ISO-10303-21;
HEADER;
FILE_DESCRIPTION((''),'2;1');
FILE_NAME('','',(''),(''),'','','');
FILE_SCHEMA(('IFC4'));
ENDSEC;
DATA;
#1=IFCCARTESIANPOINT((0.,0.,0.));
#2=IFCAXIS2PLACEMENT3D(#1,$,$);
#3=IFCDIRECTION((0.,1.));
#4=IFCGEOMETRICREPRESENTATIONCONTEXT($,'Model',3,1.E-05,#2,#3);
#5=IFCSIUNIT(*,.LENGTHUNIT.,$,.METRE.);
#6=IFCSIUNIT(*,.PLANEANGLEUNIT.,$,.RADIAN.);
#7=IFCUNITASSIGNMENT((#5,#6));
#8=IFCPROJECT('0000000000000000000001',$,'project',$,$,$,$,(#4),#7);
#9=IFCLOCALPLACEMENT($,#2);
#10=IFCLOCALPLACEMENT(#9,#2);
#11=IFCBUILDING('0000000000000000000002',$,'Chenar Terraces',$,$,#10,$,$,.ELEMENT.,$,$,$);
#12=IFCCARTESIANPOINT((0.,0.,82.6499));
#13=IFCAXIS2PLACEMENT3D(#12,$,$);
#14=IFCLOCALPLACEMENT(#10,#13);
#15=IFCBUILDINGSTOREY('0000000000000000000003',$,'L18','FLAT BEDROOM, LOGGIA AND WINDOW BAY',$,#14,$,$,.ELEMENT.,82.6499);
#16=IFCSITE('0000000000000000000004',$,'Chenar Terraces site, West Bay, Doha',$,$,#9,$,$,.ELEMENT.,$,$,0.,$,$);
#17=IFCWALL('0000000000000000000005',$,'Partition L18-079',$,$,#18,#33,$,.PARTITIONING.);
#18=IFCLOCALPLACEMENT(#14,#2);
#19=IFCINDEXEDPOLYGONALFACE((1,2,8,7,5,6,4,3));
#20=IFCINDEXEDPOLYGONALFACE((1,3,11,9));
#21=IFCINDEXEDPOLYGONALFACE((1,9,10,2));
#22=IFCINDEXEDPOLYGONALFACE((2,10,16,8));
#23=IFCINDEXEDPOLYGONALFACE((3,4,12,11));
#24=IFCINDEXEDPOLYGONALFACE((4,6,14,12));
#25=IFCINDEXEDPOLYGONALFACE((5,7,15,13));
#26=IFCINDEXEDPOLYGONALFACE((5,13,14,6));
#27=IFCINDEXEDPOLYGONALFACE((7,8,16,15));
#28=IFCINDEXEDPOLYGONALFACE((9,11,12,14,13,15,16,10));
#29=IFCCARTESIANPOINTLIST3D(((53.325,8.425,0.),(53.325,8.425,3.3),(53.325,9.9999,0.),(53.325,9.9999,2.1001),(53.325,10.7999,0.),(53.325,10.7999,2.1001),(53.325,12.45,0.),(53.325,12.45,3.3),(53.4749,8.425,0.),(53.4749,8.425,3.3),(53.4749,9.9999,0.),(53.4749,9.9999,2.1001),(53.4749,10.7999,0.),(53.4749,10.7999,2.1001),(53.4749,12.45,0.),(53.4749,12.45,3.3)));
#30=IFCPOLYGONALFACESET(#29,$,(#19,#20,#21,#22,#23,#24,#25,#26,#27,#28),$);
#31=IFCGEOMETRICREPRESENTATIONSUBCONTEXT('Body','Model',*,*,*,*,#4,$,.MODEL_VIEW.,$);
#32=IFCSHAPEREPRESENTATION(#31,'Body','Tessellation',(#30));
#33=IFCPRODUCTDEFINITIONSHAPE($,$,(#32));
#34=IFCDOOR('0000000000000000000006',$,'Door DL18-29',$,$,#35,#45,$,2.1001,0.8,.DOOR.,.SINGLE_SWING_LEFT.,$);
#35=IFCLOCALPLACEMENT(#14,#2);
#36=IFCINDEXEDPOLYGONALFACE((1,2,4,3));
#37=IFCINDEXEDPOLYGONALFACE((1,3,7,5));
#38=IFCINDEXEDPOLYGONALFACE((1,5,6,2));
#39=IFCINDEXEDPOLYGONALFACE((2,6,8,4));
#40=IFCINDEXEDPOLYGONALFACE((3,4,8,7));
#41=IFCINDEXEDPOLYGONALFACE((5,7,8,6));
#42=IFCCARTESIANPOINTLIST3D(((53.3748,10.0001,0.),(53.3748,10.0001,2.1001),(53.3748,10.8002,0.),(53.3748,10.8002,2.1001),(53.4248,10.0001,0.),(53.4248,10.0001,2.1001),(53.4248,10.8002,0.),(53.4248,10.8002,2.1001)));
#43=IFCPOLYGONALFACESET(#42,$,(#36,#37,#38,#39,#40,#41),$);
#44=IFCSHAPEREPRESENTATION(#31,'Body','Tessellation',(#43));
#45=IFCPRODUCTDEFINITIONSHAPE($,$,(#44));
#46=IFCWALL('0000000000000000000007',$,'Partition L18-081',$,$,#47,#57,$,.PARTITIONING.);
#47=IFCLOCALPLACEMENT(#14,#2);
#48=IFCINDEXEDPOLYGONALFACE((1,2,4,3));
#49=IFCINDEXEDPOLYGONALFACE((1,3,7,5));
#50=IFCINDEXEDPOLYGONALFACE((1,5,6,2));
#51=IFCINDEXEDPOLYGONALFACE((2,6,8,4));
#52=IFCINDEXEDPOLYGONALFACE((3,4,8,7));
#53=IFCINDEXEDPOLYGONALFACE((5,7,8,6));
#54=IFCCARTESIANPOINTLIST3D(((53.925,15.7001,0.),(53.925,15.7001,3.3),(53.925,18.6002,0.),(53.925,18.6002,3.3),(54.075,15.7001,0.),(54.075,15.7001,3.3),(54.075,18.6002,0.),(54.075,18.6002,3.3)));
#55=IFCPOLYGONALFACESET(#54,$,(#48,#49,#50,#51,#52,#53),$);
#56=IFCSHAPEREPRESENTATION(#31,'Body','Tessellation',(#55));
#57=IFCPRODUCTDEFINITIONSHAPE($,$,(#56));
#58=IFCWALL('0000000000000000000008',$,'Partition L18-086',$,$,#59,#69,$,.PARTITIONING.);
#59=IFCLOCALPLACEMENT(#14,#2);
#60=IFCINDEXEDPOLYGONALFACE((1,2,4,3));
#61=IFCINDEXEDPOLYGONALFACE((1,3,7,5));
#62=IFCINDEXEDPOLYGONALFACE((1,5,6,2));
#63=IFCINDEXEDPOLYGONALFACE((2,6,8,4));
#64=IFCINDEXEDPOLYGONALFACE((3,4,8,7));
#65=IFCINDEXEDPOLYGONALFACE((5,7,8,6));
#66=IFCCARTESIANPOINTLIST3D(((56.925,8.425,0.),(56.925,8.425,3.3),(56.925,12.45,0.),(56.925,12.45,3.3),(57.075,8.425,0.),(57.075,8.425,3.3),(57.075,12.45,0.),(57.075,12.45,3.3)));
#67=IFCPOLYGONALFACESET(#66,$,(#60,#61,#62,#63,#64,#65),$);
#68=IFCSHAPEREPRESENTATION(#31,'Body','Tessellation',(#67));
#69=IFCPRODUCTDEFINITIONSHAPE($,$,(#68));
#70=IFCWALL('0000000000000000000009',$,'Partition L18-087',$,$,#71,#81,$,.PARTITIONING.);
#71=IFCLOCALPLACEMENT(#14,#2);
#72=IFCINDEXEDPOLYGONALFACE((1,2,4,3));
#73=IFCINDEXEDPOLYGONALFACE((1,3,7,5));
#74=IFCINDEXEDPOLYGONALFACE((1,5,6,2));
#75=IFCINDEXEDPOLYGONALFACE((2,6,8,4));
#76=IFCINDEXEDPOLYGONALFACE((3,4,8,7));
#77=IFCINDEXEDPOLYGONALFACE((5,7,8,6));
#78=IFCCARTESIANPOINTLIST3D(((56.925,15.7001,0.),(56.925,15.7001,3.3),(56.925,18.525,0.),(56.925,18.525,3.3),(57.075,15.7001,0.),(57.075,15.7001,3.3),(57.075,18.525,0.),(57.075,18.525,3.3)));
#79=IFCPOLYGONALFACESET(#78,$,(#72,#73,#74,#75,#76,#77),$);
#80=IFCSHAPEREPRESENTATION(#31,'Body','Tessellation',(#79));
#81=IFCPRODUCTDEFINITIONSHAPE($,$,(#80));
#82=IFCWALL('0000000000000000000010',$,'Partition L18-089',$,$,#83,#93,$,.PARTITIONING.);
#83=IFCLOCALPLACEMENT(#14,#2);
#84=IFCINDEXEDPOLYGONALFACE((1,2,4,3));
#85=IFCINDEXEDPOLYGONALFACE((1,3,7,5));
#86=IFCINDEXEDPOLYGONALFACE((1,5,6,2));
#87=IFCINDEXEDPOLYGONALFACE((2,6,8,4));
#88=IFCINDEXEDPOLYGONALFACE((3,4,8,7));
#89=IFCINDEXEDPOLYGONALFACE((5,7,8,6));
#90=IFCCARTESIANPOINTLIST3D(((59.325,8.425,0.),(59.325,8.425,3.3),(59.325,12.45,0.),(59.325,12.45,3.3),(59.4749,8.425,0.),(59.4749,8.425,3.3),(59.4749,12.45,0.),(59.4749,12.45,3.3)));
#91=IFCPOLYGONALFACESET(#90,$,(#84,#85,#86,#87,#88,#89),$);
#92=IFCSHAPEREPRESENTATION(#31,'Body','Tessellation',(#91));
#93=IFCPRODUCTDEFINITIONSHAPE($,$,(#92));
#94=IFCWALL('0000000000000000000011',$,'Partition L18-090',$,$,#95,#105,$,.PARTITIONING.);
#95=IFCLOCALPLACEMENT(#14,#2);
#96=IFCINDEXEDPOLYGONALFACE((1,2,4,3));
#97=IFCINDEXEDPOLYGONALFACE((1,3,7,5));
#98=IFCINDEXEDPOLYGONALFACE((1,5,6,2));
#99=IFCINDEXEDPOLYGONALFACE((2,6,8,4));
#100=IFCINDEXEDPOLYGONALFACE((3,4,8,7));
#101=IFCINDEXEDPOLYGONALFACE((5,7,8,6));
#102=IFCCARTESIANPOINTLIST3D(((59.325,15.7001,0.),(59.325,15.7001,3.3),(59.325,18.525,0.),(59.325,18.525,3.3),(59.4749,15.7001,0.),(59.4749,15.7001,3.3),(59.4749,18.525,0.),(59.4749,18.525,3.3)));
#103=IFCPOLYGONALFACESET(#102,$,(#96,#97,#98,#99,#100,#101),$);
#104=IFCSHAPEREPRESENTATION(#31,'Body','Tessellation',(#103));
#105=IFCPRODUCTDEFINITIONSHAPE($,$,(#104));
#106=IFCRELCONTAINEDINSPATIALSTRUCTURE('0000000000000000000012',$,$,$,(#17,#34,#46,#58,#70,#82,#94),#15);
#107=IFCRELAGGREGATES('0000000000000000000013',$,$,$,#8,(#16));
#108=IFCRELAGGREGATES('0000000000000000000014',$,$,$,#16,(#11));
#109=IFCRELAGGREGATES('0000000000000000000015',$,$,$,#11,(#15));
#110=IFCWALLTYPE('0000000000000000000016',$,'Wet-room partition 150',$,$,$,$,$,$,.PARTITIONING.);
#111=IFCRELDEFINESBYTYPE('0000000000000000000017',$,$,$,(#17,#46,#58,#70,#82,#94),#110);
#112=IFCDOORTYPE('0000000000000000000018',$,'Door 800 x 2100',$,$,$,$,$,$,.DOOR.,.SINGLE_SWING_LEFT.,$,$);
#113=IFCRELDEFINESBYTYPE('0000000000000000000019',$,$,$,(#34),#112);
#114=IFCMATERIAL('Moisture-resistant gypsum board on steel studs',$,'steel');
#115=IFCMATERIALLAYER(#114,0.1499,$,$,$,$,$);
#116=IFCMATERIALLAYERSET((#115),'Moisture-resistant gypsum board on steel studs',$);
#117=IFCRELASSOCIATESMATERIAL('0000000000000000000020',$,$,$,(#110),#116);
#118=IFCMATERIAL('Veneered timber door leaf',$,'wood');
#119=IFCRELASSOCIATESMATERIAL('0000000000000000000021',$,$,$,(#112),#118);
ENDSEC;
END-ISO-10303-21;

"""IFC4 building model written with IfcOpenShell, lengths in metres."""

from ifc_helpers import new_model, si_unit, direction, frame, frame_2d, origin, place, context, subcontext, project, spatial, rectangle, extrude, material, layer, layer_set, type_object, element, fill, save


model = new_model("IFC4")

# Units and contexts
model_context = context("Model", 3, precision=1e-05, world=origin(), true_north=direction((0.0, 1.0)))
body_context = subcontext(model_context, "Body", "Model", "MODEL_VIEW")
ifc_project = project(units=[si_unit("LENGTHUNIT", "METRE"), si_unit("PLANEANGLEUNIT", "RADIAN")], contexts=[model_context])

# Site, building, storey
site_placement = place(None, origin())
site = spatial("IfcSite", under=ifc_project, at=site_placement, Name="Chenar Terraces site, West Bay, Doha", CompositionType="ELEMENT", RefElevation=0.0)
building_placement = place(site_placement, origin())
building = spatial("IfcBuilding", under=site, at=building_placement, Name="Chenar Terraces", CompositionType="ELEMENT")
storey_placement = place(building_placement, frame((0.0, 0.0, 82.6499)))
storey = spatial("IfcBuildingStorey", under=building, at=storey_placement, Name="L18", Description="FLAT BEDROOM, LOGGIA AND WINDOW BAY", CompositionType="ELEMENT", Elevation=82.6499)

# Shared definitions
ifc_material_1 = material(Name="Moisture-resistant gypsum board on steel studs", Category="steel")
ifc_layer_1 = layer(ifc_material_1, 0.1499)
ifc_layer_set_1 = layer_set([ifc_layer_1], Name="Moisture-resistant gypsum board on steel studs")
wall_type_1 = type_object("IfcWallType", Name="Wet-room partition 150", PredefinedType="PARTITIONING", material=ifc_layer_set_1)
ifc_material_2 = material(Name="Veneered timber door leaf", Category="wood")
door_type_1 = type_object("IfcDoorType", Name="Door 800 x 2100", OperationType="SINGLE_SWING_LEFT", PredefinedType="DOOR", material=ifc_material_2)

# Wall, opening, door
wall_1_placement = place(storey_placement, frame((53.3999, 8.425, 0.0), z_axis=(0.0, 0.0, 1.0), x_axis=(0.0, 1.0, 0.0)))
wall_1 = element("IfcWall", 1, at=wall_1_placement, inside=storey, type_object=wall_type_1, Name="Partition L18-079", PredefinedType="PARTITIONING", context=body_context, shape_type="SweptSolid", body=[
    extrude(rectangle(XDim=4.0249, YDim=0.1499, at=frame_2d((2.0125, 0.0))), origin(), (0.0, 0.0, 1.0), 3.3),
])
opening_1_placement = place(wall_1_placement, frame((1.575, 0.0, 0.0)))
opening_1 = element("IfcOpeningElement", 2, at=opening_1_placement, cuts=wall_1, PredefinedType="OPENING", context=body_context, shape_type="SweptSolid", body=[
    extrude(rectangle(XDim=0.8, YDim=2.1001, at=frame_2d((0.3999, 1.05))), frame((0.0, 0.085, 0.0), z_axis=(0.0, -1.0, 0.0), x_axis=(1.0, 0.0, 0.0)), (0.0, 0.0, 1.0), 0.1699),
])
door_1_placement = place(opening_1_placement, frame((0.8, 0.0, 0.0), z_axis=(0.0, 0.0, 1.0), x_axis=(-1.0, 0.0, 0.0)))
door_1 = element("IfcDoor", 3, at=door_1_placement, inside=storey, type_object=door_type_1, Name="Door DL18-29", OperationType="SINGLE_SWING_LEFT", OverallHeight=2.1001, OverallWidth=0.8, PredefinedType="DOOR", context=body_context, shape_type="SweptSolid", body=[
    extrude(rectangle(XDim=0.8, YDim=2.1001, at=frame_2d((0.3999, 1.05))), frame((0.0, 0.0249, 0.0), z_axis=(0.0, -1.0, 0.0), x_axis=(1.0, 0.0, 0.0)), (0.0, 0.0, 1.0), 0.05),
])
fill(opening_1, door_1)

# Walls
wall_2_placement = place(storey_placement, frame((54.0, 15.7, 0.0), z_axis=(0.0, 0.0, 1.0), x_axis=(0.0, 1.0, 0.0)))
element("IfcWall", 4, at=wall_2_placement, inside=storey, type_object=wall_type_1, Name="Partition L18-081", PredefinedType="PARTITIONING", context=body_context, shape_type="SweptSolid", body=[
    extrude(rectangle(XDim=2.9001, YDim=0.1499, at=frame_2d((1.4502, 0.0))), origin(), (0.0, 0.0, 1.0), 3.3),
])
wall_3_placement = place(storey_placement, frame((57.0, 8.425, 0.0), z_axis=(0.0, 0.0, 1.0), x_axis=(0.0, 1.0, 0.0)))
element("IfcWall", 5, at=wall_3_placement, inside=storey, type_object=wall_type_1, Name="Partition L18-086", PredefinedType="PARTITIONING", context=body_context, shape_type="SweptSolid", body=[
    extrude(rectangle(XDim=4.0249, YDim=0.1499, at=frame_2d((2.0125, 0.0))), origin(), (0.0, 0.0, 1.0), 3.3),
])
wall_4_placement = place(storey_placement, frame((57.0, 15.7, 0.0), z_axis=(0.0, 0.0, 1.0), x_axis=(0.0, 1.0, 0.0)))
element("IfcWall", 6, at=wall_4_placement, inside=storey, type_object=wall_type_1, Name="Partition L18-087", PredefinedType="PARTITIONING", context=body_context, shape_type="SweptSolid", body=[
    extrude(rectangle(XDim=2.825, YDim=0.1499, at=frame_2d((1.4126, 0.0))), origin(), (0.0, 0.0, 1.0), 3.3),
])
wall_5_placement = place(storey_placement, frame((59.3999, 8.425, 0.0), z_axis=(0.0, 0.0, 1.0), x_axis=(0.0, 1.0, 0.0)))
element("IfcWall", 7, at=wall_5_placement, inside=storey, type_object=wall_type_1, Name="Partition L18-089", PredefinedType="PARTITIONING", context=body_context, shape_type="SweptSolid", body=[
    extrude(rectangle(XDim=4.0249, YDim=0.1499, at=frame_2d((2.0125, 0.0))), origin(), (0.0, 0.0, 1.0), 3.3),
])
wall_6_placement = place(storey_placement, frame((59.3999, 15.7, 0.0), z_axis=(0.0, 0.0, 1.0), x_axis=(0.0, 1.0, 0.0)))
element("IfcWall", 8, at=wall_6_placement, inside=storey, type_object=wall_type_1, Name="Partition L18-090", PredefinedType="PARTITIONING", context=body_context, shape_type="SweptSolid", body=[
    extrude(rectangle(XDim=2.825, YDim=0.1499, at=frame_2d((1.4126, 0.0))), origin(), (0.0, 0.0, 1.0), 3.3),
])

save(model, "model.ifc")
